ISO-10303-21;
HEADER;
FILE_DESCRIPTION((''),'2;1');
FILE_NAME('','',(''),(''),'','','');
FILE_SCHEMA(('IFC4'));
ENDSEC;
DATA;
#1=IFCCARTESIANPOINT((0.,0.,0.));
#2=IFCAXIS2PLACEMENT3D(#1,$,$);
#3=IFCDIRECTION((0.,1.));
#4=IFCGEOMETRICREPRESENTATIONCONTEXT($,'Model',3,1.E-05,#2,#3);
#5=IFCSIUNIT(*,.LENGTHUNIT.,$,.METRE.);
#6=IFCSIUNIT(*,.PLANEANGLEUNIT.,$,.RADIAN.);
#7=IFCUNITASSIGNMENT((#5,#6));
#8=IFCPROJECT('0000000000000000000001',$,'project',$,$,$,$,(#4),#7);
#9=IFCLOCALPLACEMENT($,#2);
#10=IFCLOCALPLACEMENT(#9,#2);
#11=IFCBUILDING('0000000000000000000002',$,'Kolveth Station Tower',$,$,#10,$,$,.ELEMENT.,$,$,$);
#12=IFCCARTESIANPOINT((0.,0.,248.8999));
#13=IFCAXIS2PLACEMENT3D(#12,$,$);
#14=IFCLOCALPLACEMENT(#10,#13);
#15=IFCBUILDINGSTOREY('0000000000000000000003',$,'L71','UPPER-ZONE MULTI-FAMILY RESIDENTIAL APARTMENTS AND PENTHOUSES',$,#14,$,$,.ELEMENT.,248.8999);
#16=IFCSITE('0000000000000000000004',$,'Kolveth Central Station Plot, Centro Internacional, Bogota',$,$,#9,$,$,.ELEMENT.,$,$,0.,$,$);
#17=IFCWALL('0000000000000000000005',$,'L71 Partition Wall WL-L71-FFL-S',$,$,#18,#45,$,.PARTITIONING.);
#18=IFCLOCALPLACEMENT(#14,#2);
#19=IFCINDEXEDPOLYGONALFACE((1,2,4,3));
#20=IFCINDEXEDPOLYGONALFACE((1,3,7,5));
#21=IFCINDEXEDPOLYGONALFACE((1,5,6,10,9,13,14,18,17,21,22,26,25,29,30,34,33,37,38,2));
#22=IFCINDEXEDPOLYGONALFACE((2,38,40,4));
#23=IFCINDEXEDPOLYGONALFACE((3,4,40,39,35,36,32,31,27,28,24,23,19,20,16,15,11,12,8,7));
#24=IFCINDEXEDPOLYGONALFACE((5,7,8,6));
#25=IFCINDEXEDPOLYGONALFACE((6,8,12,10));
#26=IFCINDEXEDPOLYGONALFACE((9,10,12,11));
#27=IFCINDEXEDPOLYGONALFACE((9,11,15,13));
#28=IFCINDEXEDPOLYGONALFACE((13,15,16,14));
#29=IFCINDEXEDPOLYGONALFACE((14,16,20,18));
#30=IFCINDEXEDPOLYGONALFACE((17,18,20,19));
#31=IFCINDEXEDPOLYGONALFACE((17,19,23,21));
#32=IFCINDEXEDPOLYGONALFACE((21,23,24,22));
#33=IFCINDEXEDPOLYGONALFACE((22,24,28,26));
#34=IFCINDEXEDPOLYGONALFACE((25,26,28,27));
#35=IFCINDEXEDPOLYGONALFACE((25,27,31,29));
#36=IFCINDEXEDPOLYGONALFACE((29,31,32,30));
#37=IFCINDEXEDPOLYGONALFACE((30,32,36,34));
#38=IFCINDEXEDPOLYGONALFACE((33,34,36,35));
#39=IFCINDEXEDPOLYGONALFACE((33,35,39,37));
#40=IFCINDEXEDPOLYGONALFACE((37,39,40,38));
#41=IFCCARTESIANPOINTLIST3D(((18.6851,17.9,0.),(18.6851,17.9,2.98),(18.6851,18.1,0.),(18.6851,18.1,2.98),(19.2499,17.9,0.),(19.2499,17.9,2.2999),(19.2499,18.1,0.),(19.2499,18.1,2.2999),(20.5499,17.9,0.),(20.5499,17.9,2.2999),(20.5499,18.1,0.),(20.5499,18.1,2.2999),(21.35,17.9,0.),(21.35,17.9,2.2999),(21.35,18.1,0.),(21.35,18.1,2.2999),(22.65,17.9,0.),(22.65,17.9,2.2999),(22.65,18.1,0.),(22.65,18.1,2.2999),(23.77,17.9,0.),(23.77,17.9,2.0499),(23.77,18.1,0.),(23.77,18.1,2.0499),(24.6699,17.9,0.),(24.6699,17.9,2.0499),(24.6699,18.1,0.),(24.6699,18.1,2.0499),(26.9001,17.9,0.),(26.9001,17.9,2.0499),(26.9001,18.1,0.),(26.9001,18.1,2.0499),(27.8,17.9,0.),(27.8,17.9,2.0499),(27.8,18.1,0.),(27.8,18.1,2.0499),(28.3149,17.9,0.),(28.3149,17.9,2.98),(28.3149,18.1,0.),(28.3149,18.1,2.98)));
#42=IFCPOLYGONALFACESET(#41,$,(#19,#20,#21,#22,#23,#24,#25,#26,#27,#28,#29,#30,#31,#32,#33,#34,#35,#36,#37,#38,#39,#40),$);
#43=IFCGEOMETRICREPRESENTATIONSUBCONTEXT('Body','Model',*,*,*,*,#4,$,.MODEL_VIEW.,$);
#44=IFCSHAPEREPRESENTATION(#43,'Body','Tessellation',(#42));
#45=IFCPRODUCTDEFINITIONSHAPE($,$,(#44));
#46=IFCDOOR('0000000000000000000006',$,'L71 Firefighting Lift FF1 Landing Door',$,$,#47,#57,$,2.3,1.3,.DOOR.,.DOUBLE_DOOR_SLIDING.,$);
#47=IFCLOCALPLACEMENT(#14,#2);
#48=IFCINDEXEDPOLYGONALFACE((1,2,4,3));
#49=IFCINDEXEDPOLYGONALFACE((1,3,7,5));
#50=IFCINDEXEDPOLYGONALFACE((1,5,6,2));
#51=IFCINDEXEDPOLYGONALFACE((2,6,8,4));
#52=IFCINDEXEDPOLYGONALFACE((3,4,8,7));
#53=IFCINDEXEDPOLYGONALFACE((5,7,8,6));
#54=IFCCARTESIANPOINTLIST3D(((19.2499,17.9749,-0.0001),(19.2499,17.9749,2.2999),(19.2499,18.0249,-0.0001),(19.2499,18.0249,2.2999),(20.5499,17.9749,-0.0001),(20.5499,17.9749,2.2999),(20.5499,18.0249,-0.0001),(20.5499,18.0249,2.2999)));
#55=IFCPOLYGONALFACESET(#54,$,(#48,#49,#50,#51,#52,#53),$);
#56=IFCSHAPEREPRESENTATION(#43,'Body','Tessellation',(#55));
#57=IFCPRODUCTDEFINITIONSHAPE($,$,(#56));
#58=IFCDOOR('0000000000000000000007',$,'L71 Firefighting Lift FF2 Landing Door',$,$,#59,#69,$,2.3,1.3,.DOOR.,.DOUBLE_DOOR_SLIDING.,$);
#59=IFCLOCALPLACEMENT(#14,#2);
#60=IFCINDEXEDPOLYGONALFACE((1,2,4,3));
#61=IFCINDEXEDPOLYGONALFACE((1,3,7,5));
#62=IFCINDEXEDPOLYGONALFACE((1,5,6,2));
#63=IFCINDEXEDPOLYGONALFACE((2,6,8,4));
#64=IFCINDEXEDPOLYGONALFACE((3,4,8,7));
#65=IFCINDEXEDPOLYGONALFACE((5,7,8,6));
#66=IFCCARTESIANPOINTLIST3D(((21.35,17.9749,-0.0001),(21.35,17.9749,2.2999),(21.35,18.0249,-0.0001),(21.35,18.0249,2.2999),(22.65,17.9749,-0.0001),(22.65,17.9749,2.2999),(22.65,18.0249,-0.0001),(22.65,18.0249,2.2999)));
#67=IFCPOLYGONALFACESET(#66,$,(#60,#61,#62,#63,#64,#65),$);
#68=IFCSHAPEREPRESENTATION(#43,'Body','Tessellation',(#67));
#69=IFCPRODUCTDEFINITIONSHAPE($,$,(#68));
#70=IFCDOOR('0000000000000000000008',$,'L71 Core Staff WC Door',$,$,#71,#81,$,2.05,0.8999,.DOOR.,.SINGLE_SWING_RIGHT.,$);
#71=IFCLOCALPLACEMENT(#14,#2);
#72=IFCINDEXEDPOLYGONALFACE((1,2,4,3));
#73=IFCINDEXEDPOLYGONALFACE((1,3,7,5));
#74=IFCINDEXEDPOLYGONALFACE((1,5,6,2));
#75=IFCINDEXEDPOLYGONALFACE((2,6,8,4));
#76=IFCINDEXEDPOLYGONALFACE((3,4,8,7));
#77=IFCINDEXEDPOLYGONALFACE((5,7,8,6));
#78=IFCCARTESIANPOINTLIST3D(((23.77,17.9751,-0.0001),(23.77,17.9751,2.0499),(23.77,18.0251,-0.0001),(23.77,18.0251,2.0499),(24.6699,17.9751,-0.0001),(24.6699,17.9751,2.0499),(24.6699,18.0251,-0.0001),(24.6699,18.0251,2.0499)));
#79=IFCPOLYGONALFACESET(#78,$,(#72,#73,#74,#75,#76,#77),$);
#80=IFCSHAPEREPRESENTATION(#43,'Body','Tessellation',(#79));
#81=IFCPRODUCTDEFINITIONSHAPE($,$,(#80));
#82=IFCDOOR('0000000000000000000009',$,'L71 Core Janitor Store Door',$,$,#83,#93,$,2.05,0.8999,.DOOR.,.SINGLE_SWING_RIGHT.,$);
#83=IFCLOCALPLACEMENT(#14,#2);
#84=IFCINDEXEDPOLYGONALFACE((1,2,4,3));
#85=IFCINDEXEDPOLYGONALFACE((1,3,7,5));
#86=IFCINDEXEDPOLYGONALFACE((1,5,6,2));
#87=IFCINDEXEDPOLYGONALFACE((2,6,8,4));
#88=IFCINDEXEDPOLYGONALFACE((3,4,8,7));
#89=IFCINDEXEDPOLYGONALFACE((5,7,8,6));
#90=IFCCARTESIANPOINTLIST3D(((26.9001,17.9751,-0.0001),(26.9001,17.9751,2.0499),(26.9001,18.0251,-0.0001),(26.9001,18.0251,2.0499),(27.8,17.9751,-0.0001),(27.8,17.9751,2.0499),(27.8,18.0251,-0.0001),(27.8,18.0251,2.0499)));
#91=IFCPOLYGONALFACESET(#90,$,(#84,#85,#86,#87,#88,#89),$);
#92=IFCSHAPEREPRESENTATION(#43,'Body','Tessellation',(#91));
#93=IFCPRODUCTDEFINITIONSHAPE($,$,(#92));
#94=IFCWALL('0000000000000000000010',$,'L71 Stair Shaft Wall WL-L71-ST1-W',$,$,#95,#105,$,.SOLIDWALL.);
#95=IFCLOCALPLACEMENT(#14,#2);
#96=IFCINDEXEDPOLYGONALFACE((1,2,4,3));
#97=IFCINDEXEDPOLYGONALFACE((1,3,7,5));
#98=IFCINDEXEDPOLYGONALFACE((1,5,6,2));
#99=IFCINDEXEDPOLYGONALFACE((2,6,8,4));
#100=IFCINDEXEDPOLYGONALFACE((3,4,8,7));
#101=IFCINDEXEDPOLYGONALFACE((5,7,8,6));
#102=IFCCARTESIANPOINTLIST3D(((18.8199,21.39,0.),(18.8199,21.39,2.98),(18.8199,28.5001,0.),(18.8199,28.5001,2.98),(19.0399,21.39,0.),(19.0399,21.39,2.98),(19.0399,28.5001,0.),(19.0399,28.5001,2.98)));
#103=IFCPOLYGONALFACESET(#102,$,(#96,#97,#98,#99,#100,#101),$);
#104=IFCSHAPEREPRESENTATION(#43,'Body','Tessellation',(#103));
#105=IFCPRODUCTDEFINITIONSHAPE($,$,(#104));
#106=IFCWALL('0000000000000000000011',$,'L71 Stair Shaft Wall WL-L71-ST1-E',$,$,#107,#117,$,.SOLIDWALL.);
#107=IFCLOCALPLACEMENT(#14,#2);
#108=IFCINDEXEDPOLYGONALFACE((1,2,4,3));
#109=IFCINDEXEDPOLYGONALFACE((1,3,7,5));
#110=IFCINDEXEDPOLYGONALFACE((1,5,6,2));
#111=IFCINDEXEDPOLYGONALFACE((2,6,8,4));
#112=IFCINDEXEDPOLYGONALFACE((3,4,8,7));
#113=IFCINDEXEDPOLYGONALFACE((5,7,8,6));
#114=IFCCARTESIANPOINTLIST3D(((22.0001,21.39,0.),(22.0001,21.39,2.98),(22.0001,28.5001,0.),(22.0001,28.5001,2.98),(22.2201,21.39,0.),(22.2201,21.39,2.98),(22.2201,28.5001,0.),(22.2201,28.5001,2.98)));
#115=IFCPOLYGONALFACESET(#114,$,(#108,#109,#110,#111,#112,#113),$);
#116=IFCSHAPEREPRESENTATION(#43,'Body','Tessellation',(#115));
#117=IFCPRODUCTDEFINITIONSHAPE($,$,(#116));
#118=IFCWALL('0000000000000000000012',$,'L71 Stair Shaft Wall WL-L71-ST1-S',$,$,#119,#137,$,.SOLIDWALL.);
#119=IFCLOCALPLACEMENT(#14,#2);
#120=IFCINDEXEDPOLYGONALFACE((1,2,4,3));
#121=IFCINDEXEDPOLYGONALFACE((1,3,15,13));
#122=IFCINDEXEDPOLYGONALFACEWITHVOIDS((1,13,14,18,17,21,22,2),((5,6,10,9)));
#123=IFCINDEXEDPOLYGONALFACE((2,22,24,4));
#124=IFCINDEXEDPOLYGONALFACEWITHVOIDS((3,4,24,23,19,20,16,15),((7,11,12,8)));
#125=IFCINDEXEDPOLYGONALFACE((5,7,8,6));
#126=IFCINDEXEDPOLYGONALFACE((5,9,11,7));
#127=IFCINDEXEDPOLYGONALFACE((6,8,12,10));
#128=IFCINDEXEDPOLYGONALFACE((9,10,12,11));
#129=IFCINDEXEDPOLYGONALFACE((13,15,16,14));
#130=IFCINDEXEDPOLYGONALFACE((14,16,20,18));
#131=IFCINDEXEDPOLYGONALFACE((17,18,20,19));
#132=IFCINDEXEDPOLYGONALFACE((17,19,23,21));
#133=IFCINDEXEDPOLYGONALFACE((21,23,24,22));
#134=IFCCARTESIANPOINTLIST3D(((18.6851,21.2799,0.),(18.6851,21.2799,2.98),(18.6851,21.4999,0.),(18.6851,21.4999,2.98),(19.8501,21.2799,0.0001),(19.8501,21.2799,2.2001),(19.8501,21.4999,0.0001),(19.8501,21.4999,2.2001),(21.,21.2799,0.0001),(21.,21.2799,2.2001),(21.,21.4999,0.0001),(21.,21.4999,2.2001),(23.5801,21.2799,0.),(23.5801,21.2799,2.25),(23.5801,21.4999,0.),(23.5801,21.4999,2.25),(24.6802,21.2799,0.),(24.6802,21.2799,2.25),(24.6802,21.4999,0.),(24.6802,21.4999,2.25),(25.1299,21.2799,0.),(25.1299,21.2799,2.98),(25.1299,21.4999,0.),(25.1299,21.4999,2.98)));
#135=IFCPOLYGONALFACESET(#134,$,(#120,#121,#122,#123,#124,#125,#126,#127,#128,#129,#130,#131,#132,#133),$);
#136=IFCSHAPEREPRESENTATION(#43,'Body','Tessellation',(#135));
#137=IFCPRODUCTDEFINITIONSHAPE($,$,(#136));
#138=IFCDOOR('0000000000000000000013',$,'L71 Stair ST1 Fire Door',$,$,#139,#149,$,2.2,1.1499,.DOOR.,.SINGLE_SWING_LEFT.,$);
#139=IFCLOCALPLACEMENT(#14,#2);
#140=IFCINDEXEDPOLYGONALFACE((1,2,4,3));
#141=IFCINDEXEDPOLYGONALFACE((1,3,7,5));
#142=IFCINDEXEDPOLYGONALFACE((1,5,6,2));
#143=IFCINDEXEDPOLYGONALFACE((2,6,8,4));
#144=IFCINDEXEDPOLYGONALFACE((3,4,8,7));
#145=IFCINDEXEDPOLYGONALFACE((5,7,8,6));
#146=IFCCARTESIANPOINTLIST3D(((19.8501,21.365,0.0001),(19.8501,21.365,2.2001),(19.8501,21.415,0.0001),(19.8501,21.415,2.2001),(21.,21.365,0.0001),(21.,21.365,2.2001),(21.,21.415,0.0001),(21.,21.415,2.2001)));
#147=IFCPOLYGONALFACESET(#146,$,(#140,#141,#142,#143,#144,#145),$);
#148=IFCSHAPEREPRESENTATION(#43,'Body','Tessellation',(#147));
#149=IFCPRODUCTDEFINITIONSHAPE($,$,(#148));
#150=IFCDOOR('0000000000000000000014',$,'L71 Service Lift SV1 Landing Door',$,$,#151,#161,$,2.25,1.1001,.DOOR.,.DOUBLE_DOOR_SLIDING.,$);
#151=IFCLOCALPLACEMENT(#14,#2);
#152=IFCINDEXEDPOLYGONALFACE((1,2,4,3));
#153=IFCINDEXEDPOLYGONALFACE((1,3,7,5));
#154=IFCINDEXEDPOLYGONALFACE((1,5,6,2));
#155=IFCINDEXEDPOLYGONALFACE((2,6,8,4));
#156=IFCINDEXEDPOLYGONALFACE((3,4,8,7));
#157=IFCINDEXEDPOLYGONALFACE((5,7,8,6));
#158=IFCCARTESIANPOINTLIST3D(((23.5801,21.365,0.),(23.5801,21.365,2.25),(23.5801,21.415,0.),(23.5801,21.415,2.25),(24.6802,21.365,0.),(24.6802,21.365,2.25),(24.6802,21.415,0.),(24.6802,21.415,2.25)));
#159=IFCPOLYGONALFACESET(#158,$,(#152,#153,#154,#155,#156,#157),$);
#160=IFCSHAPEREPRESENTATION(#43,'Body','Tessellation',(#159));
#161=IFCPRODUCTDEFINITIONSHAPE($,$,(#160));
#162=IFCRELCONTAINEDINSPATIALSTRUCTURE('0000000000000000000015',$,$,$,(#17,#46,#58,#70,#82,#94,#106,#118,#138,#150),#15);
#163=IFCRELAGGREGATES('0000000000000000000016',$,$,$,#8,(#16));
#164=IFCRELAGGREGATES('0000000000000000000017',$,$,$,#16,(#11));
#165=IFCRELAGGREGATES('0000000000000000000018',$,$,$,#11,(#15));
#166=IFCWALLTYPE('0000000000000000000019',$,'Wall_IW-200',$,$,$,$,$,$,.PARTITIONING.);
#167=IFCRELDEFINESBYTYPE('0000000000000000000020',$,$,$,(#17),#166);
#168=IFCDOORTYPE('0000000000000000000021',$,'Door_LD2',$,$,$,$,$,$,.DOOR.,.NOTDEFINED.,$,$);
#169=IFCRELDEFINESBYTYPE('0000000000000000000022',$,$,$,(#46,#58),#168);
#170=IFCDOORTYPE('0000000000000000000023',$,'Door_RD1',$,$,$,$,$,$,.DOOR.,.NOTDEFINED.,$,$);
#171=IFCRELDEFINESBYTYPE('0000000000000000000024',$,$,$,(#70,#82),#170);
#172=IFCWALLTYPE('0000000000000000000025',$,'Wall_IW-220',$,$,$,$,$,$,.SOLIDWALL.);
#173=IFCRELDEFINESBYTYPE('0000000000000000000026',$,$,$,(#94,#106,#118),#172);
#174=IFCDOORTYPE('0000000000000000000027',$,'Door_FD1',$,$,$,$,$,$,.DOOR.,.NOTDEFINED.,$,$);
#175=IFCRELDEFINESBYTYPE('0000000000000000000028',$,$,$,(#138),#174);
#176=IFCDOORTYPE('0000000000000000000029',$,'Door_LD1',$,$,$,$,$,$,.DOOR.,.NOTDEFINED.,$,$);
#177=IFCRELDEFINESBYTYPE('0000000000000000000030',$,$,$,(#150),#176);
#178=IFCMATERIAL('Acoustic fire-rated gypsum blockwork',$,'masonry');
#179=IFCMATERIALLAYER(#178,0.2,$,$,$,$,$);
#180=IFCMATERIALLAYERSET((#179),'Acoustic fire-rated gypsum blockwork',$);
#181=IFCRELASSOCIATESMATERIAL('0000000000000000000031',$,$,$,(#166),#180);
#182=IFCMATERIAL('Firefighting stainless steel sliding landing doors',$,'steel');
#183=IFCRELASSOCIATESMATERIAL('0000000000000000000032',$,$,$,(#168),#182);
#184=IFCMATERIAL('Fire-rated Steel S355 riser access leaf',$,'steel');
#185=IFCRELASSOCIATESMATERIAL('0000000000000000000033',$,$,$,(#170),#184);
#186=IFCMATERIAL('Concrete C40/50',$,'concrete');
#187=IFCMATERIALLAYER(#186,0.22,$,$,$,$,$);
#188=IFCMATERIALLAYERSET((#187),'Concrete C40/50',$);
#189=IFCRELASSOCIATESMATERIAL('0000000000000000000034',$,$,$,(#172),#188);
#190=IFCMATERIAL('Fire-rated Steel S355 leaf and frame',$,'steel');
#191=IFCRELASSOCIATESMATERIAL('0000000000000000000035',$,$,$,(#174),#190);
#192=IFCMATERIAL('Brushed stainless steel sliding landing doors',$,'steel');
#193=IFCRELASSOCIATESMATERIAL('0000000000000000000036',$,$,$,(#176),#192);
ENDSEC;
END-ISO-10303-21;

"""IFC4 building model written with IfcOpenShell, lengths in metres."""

from ifc_helpers import new_model, si_unit, direction, frame, frame_2d, origin, place, context, subcontext, project, spatial, rectangle, extrude, material, layer, layer_set, type_object, element, fill, save


model = new_model("IFC4")

# Units and contexts
model_context = context("Model", 3, precision=1e-05, world=origin(), true_north=direction((0.0, 1.0)))
body_context = subcontext(model_context, "Body", "Model", "MODEL_VIEW")
ifc_project = project(units=[si_unit("LENGTHUNIT", "METRE"), si_unit("PLANEANGLEUNIT", "RADIAN")], contexts=[model_context])

# Site, building, storey
site_placement = place(None, origin())
site = spatial("IfcSite", under=ifc_project, at=site_placement, Name="Kolveth Central Station Plot, Centro Internacional, Bogota", CompositionType="ELEMENT", RefElevation=0.0)
building_placement = place(site_placement, origin())
building = spatial("IfcBuilding", under=site, at=building_placement, Name="Kolveth Station Tower", CompositionType="ELEMENT")
storey_placement = place(building_placement, frame((0.0, 0.0, 248.8999)))
storey = spatial("IfcBuildingStorey", under=building, at=storey_placement, Name="L71", Description="UPPER-ZONE MULTI-FAMILY RESIDENTIAL APARTMENTS AND PENTHOUSES", CompositionType="ELEMENT", Elevation=248.8999)

# Shared definitions
ifc_material_1 = material(Name="Acoustic fire-rated gypsum blockwork", Category="masonry")
ifc_layer_1 = layer(ifc_material_1, 0.2)
ifc_layer_set_1 = layer_set([ifc_layer_1], Name="Acoustic fire-rated gypsum blockwork")
wall_type_1 = type_object("IfcWallType", Name="Wall_IW-200", PredefinedType="PARTITIONING", material=ifc_layer_set_1)

# Wall, openings, doors
wall_1_placement = place(storey_placement, frame((18.6851, 18.0, 0.0), z_axis=(0.0, 0.0, 1.0), x_axis=(1.0, 0.0, 0.0)))
wall_1 = element("IfcWall", 1, at=wall_1_placement, inside=storey, type_object=wall_type_1, Name="L71 Partition Wall WL-L71-FFL-S", PredefinedType="PARTITIONING", context=body_context, shape_type="SweptSolid", body=[
    extrude(rectangle(XDim=9.6299, YDim=0.2, at=frame_2d((4.8149, 0.0))), origin(), (0.0, 0.0, 1.0), 2.98),
])
opening_1_placement = place(wall_1_placement, frame((0.5649, 0.0, 0.0)))
opening_1 = element("IfcOpeningElement", 2, at=opening_1_placement, cuts=wall_1, PredefinedType="OPENING", context=body_context, shape_type="SweptSolid", body=[
    extrude(rectangle(XDim=1.3, YDim=2.3, at=frame_2d((0.6499, 1.1499))), frame((0.0, 0.1099, 0.0), z_axis=(0.0, -1.0, 0.0), x_axis=(1.0, 0.0, 0.0)), (0.0, 0.0, 1.0), 0.22),
])
opening_2_placement = place(wall_1_placement, frame((2.665, 0.0, 0.0)))
opening_2 = element("IfcOpeningElement", 3, at=opening_2_placement, cuts=wall_1, PredefinedType="OPENING", context=body_context, shape_type="SweptSolid", body=[
    extrude(rectangle(XDim=1.3, YDim=2.3, at=frame_2d((0.6499, 1.1499))), frame((0.0, 0.1099, 0.0), z_axis=(0.0, -1.0, 0.0), x_axis=(1.0, 0.0, 0.0)), (0.0, 0.0, 1.0), 0.22),
])
opening_3_placement = place(wall_1_placement, frame((5.085, 0.0, 0.0)))
opening_3 = element("IfcOpeningElement", 4, at=opening_3_placement, cuts=wall_1, PredefinedType="OPENING", context=body_context, shape_type="SweptSolid", body=[
    extrude(rectangle(XDim=0.8999, YDim=2.05, at=frame_2d((0.45, 1.0249))), frame((0.0, 0.1099, 0.0), z_axis=(0.0, -1.0, 0.0), x_axis=(1.0, 0.0, 0.0)), (0.0, 0.0, 1.0), 0.22),
])
opening_4_placement = place(wall_1_placement, frame((8.2151, 0.0, 0.0)))
opening_4 = element("IfcOpeningElement", 5, at=opening_4_placement, cuts=wall_1, PredefinedType="OPENING", context=body_context, shape_type="SweptSolid", body=[
    extrude(rectangle(XDim=0.8999, YDim=2.05, at=frame_2d((0.45, 1.0249))), frame((0.0, 0.1099, 0.0), z_axis=(0.0, -1.0, 0.0), x_axis=(1.0, 0.0, 0.0)), (0.0, 0.0, 1.0), 0.22),
])
ifc_material_2 = material(Name="Firefighting stainless steel sliding landing doors", Category="steel")
door_type_1 = type_object("IfcDoorType", Name="Door_LD2", OperationType="NOTDEFINED", PredefinedType="DOOR", material=ifc_material_2)
door_1_placement = place(opening_1_placement, origin())
door_1 = element("IfcDoor", 6, at=door_1_placement, inside=storey, type_object=door_type_1, Name="L71 Firefighting Lift FF1 Landing Door", OperationType="DOUBLE_DOOR_SLIDING", OverallHeight=2.3, OverallWidth=1.3, PredefinedType="DOOR", context=body_context, shape_type="SweptSolid", body=[
    extrude(rectangle(XDim=1.3, YDim=2.3, at=frame_2d((0.6499, 1.1499))), frame((0.0, 0.0249, 0.0), z_axis=(0.0, -1.0, 0.0), x_axis=(1.0, 0.0, 0.0)), (0.0, 0.0, 1.0), 0.05),
])
fill(opening_1, door_1)
door_2_placement = place(opening_2_placement, origin())
door_2 = element("IfcDoor", 7, at=door_2_placement, inside=storey, type_object=door_type_1, Name="L71 Firefighting Lift FF2 Landing Door", OperationType="DOUBLE_DOOR_SLIDING", OverallHeight=2.3, OverallWidth=1.3, PredefinedType="DOOR", context=body_context, shape_type="SweptSolid", body=[
    extrude(rectangle(XDim=1.3, YDim=2.3, at=frame_2d((0.6499, 1.1499))), frame((0.0, 0.0249, 0.0), z_axis=(0.0, -1.0, 0.0), x_axis=(1.0, 0.0, 0.0)), (0.0, 0.0, 1.0), 0.05),
])
fill(opening_2, door_2)
ifc_material_3 = material(Name="Fire-rated Steel S355 riser access leaf", Category="steel")
door_type_2 = type_object("IfcDoorType", Name="Door_RD1", OperationType="NOTDEFINED", PredefinedType="DOOR", material=ifc_material_3)
door_3_placement = place(opening_3_placement, frame((0.8999, 0.0, 0.0), z_axis=(0.0, 0.0, 1.0), x_axis=(-1.0, 0.0, 0.0)))
door_3 = element("IfcDoor", 8, at=door_3_placement, inside=storey, type_object=door_type_2, Name="L71 Core Staff WC Door", OperationType="SINGLE_SWING_RIGHT", OverallHeight=2.05, OverallWidth=0.8999, PredefinedType="DOOR", context=body_context, shape_type="SweptSolid", body=[
    extrude(rectangle(XDim=0.8999, YDim=2.05, at=frame_2d((0.45, 1.0249))), frame((0.0, 0.0249, 0.0), z_axis=(0.0, -1.0, 0.0), x_axis=(1.0, 0.0, 0.0)), (0.0, 0.0, 1.0), 0.05),
])
fill(opening_3, door_3)
door_4_placement = place(opening_4_placement, frame((0.8999, 0.0, 0.0), z_axis=(0.0, 0.0, 1.0), x_axis=(-1.0, 0.0, 0.0)))
door_4 = element("IfcDoor", 9, at=door_4_placement, inside=storey, type_object=door_type_2, Name="L71 Core Janitor Store Door", OperationType="SINGLE_SWING_RIGHT", OverallHeight=2.05, OverallWidth=0.8999, PredefinedType="DOOR", context=body_context, shape_type="SweptSolid", body=[
    extrude(rectangle(XDim=0.8999, YDim=2.05, at=frame_2d((0.45, 1.0249))), frame((0.0, 0.0249, 0.0), z_axis=(0.0, -1.0, 0.0), x_axis=(1.0, 0.0, 0.0)), (0.0, 0.0, 1.0), 0.05),
])
fill(opening_4, door_4)

# Walls
ifc_material_4 = material(Name="Concrete C40/50", Category="concrete")
ifc_layer_2 = layer(ifc_material_4, 0.22)
ifc_layer_set_2 = layer_set([ifc_layer_2], Name="Concrete C40/50")
wall_type_2 = type_object("IfcWallType", Name="Wall_IW-220", PredefinedType="SOLIDWALL", material=ifc_layer_set_2)
for number, where, z_axis, x_axis, name in (
    (10, (18.9299, 21.3899, 0.0), (0.0, 0.0, 1.0), (0.0, 1.0, 0.0), "L71 Stair Shaft Wall WL-L71-ST1-W"),
    (11, (22.1101, 21.3899, 0.0), (0.0, 0.0, 1.0), (0.0, 1.0, 0.0), "L71 Stair Shaft Wall WL-L71-ST1-E"),
):
    element("IfcWall", number, at=place(storey_placement, frame(where, z_axis=z_axis, x_axis=x_axis)), inside=storey, type_object=wall_type_2, Name=name, PredefinedType="SOLIDWALL", context=body_context, shape_type="SweptSolid", body=[
        extrude(rectangle(XDim=7.1101, YDim=0.22, at=frame_2d((3.5552, 0.0))), origin(), (0.0, 0.0, 1.0), 2.98),
    ])

# Wall, openings, doors
wall_2_placement = place(storey_placement, frame((18.6851, 21.3899, 0.0), z_axis=(0.0, 0.0, 1.0), x_axis=(1.0, 0.0, 0.0)))
wall_2 = element("IfcWall", 12, at=wall_2_placement, inside=storey, type_object=wall_type_2, Name="L71 Stair Shaft Wall WL-L71-ST1-S", PredefinedType="SOLIDWALL", context=body_context, shape_type="SweptSolid", body=[
    extrude(rectangle(XDim=6.4448, YDim=0.22, at=frame_2d((3.2224, 0.0))), origin(), (0.0, 0.0, 1.0), 2.98),
])
opening_5_placement = place(wall_2_placement, frame((1.165, 0.0, 0.0)))
opening_5 = element("IfcOpeningElement", 13, at=opening_5_placement, cuts=wall_2, PredefinedType="OPENING", context=body_context, shape_type="SweptSolid", body=[
    extrude(rectangle(XDim=1.1499, YDim=2.2, at=frame_2d((0.575, 1.1001))), frame((0.0, 0.1199, 0.0), z_axis=(0.0, -1.0, 0.0), x_axis=(1.0, 0.0, 0.0)), (0.0, 0.0, 1.0), 0.24),
])
opening_6_placement = place(wall_2_placement, frame((4.895, 0.0, 0.0)))
opening_6 = element("IfcOpeningElement", 14, at=opening_6_placement, cuts=wall_2, PredefinedType="OPENING", context=body_context, shape_type="SweptSolid", body=[
    extrude(rectangle(XDim=1.1001, YDim=2.25, at=frame_2d((0.55, 1.125))), frame((0.0, 0.1199, 0.0), z_axis=(0.0, -1.0, 0.0), x_axis=(1.0, 0.0, 0.0)), (0.0, 0.0, 1.0), 0.24),
])
ifc_material_5 = material(Name="Fire-rated Steel S355 leaf and frame", Category="steel")
door_type_3 = type_object("IfcDoorType", Name="Door_FD1", OperationType="NOTDEFINED", PredefinedType="DOOR", material=ifc_material_5)
door_5_placement = place(opening_5_placement, frame((1.1499, 0.0, 0.0), z_axis=(0.0, 0.0, 1.0), x_axis=(-1.0, 0.0, 0.0)))
door_5 = element("IfcDoor", 15, at=door_5_placement, inside=storey, type_object=door_type_3, Name="L71 Stair ST1 Fire Door", OperationType="SINGLE_SWING_LEFT", OverallHeight=2.2, OverallWidth=1.1499, PredefinedType="DOOR", context=body_context, shape_type="SweptSolid", body=[
    extrude(rectangle(XDim=1.1499, YDim=2.2, at=frame_2d((0.575, 1.1001))), frame((0.0, 0.0249, 0.0), z_axis=(0.0, -1.0, 0.0), x_axis=(1.0, 0.0, 0.0)), (0.0, 0.0, 1.0), 0.05),
])
fill(opening_5, door_5)
ifc_material_6 = material(Name="Brushed stainless steel sliding landing doors", Category="steel")
door_type_4 = type_object("IfcDoorType", Name="Door_LD1", OperationType="NOTDEFINED", PredefinedType="DOOR", material=ifc_material_6)
door_6_placement = place(opening_6_placement, frame((1.1001, 0.0, 0.0), z_axis=(0.0, 0.0, 1.0), x_axis=(-1.0, 0.0, 0.0)))
door_6 = element("IfcDoor", 16, at=door_6_placement, inside=storey, type_object=door_type_4, Name="L71 Service Lift SV1 Landing Door", OperationType="DOUBLE_DOOR_SLIDING", OverallHeight=2.25, OverallWidth=1.1001, PredefinedType="DOOR", context=body_context, shape_type="SweptSolid", body=[
    extrude(rectangle(XDim=1.1001, YDim=2.25, at=frame_2d((0.55, 1.125))), frame((0.0, 0.0249, 0.0), z_axis=(0.0, -1.0, 0.0), x_axis=(1.0, 0.0, 0.0)), (0.0, 0.0, 1.0), 0.05),
])
fill(opening_6, door_6)

save(model, "model.ifc")
